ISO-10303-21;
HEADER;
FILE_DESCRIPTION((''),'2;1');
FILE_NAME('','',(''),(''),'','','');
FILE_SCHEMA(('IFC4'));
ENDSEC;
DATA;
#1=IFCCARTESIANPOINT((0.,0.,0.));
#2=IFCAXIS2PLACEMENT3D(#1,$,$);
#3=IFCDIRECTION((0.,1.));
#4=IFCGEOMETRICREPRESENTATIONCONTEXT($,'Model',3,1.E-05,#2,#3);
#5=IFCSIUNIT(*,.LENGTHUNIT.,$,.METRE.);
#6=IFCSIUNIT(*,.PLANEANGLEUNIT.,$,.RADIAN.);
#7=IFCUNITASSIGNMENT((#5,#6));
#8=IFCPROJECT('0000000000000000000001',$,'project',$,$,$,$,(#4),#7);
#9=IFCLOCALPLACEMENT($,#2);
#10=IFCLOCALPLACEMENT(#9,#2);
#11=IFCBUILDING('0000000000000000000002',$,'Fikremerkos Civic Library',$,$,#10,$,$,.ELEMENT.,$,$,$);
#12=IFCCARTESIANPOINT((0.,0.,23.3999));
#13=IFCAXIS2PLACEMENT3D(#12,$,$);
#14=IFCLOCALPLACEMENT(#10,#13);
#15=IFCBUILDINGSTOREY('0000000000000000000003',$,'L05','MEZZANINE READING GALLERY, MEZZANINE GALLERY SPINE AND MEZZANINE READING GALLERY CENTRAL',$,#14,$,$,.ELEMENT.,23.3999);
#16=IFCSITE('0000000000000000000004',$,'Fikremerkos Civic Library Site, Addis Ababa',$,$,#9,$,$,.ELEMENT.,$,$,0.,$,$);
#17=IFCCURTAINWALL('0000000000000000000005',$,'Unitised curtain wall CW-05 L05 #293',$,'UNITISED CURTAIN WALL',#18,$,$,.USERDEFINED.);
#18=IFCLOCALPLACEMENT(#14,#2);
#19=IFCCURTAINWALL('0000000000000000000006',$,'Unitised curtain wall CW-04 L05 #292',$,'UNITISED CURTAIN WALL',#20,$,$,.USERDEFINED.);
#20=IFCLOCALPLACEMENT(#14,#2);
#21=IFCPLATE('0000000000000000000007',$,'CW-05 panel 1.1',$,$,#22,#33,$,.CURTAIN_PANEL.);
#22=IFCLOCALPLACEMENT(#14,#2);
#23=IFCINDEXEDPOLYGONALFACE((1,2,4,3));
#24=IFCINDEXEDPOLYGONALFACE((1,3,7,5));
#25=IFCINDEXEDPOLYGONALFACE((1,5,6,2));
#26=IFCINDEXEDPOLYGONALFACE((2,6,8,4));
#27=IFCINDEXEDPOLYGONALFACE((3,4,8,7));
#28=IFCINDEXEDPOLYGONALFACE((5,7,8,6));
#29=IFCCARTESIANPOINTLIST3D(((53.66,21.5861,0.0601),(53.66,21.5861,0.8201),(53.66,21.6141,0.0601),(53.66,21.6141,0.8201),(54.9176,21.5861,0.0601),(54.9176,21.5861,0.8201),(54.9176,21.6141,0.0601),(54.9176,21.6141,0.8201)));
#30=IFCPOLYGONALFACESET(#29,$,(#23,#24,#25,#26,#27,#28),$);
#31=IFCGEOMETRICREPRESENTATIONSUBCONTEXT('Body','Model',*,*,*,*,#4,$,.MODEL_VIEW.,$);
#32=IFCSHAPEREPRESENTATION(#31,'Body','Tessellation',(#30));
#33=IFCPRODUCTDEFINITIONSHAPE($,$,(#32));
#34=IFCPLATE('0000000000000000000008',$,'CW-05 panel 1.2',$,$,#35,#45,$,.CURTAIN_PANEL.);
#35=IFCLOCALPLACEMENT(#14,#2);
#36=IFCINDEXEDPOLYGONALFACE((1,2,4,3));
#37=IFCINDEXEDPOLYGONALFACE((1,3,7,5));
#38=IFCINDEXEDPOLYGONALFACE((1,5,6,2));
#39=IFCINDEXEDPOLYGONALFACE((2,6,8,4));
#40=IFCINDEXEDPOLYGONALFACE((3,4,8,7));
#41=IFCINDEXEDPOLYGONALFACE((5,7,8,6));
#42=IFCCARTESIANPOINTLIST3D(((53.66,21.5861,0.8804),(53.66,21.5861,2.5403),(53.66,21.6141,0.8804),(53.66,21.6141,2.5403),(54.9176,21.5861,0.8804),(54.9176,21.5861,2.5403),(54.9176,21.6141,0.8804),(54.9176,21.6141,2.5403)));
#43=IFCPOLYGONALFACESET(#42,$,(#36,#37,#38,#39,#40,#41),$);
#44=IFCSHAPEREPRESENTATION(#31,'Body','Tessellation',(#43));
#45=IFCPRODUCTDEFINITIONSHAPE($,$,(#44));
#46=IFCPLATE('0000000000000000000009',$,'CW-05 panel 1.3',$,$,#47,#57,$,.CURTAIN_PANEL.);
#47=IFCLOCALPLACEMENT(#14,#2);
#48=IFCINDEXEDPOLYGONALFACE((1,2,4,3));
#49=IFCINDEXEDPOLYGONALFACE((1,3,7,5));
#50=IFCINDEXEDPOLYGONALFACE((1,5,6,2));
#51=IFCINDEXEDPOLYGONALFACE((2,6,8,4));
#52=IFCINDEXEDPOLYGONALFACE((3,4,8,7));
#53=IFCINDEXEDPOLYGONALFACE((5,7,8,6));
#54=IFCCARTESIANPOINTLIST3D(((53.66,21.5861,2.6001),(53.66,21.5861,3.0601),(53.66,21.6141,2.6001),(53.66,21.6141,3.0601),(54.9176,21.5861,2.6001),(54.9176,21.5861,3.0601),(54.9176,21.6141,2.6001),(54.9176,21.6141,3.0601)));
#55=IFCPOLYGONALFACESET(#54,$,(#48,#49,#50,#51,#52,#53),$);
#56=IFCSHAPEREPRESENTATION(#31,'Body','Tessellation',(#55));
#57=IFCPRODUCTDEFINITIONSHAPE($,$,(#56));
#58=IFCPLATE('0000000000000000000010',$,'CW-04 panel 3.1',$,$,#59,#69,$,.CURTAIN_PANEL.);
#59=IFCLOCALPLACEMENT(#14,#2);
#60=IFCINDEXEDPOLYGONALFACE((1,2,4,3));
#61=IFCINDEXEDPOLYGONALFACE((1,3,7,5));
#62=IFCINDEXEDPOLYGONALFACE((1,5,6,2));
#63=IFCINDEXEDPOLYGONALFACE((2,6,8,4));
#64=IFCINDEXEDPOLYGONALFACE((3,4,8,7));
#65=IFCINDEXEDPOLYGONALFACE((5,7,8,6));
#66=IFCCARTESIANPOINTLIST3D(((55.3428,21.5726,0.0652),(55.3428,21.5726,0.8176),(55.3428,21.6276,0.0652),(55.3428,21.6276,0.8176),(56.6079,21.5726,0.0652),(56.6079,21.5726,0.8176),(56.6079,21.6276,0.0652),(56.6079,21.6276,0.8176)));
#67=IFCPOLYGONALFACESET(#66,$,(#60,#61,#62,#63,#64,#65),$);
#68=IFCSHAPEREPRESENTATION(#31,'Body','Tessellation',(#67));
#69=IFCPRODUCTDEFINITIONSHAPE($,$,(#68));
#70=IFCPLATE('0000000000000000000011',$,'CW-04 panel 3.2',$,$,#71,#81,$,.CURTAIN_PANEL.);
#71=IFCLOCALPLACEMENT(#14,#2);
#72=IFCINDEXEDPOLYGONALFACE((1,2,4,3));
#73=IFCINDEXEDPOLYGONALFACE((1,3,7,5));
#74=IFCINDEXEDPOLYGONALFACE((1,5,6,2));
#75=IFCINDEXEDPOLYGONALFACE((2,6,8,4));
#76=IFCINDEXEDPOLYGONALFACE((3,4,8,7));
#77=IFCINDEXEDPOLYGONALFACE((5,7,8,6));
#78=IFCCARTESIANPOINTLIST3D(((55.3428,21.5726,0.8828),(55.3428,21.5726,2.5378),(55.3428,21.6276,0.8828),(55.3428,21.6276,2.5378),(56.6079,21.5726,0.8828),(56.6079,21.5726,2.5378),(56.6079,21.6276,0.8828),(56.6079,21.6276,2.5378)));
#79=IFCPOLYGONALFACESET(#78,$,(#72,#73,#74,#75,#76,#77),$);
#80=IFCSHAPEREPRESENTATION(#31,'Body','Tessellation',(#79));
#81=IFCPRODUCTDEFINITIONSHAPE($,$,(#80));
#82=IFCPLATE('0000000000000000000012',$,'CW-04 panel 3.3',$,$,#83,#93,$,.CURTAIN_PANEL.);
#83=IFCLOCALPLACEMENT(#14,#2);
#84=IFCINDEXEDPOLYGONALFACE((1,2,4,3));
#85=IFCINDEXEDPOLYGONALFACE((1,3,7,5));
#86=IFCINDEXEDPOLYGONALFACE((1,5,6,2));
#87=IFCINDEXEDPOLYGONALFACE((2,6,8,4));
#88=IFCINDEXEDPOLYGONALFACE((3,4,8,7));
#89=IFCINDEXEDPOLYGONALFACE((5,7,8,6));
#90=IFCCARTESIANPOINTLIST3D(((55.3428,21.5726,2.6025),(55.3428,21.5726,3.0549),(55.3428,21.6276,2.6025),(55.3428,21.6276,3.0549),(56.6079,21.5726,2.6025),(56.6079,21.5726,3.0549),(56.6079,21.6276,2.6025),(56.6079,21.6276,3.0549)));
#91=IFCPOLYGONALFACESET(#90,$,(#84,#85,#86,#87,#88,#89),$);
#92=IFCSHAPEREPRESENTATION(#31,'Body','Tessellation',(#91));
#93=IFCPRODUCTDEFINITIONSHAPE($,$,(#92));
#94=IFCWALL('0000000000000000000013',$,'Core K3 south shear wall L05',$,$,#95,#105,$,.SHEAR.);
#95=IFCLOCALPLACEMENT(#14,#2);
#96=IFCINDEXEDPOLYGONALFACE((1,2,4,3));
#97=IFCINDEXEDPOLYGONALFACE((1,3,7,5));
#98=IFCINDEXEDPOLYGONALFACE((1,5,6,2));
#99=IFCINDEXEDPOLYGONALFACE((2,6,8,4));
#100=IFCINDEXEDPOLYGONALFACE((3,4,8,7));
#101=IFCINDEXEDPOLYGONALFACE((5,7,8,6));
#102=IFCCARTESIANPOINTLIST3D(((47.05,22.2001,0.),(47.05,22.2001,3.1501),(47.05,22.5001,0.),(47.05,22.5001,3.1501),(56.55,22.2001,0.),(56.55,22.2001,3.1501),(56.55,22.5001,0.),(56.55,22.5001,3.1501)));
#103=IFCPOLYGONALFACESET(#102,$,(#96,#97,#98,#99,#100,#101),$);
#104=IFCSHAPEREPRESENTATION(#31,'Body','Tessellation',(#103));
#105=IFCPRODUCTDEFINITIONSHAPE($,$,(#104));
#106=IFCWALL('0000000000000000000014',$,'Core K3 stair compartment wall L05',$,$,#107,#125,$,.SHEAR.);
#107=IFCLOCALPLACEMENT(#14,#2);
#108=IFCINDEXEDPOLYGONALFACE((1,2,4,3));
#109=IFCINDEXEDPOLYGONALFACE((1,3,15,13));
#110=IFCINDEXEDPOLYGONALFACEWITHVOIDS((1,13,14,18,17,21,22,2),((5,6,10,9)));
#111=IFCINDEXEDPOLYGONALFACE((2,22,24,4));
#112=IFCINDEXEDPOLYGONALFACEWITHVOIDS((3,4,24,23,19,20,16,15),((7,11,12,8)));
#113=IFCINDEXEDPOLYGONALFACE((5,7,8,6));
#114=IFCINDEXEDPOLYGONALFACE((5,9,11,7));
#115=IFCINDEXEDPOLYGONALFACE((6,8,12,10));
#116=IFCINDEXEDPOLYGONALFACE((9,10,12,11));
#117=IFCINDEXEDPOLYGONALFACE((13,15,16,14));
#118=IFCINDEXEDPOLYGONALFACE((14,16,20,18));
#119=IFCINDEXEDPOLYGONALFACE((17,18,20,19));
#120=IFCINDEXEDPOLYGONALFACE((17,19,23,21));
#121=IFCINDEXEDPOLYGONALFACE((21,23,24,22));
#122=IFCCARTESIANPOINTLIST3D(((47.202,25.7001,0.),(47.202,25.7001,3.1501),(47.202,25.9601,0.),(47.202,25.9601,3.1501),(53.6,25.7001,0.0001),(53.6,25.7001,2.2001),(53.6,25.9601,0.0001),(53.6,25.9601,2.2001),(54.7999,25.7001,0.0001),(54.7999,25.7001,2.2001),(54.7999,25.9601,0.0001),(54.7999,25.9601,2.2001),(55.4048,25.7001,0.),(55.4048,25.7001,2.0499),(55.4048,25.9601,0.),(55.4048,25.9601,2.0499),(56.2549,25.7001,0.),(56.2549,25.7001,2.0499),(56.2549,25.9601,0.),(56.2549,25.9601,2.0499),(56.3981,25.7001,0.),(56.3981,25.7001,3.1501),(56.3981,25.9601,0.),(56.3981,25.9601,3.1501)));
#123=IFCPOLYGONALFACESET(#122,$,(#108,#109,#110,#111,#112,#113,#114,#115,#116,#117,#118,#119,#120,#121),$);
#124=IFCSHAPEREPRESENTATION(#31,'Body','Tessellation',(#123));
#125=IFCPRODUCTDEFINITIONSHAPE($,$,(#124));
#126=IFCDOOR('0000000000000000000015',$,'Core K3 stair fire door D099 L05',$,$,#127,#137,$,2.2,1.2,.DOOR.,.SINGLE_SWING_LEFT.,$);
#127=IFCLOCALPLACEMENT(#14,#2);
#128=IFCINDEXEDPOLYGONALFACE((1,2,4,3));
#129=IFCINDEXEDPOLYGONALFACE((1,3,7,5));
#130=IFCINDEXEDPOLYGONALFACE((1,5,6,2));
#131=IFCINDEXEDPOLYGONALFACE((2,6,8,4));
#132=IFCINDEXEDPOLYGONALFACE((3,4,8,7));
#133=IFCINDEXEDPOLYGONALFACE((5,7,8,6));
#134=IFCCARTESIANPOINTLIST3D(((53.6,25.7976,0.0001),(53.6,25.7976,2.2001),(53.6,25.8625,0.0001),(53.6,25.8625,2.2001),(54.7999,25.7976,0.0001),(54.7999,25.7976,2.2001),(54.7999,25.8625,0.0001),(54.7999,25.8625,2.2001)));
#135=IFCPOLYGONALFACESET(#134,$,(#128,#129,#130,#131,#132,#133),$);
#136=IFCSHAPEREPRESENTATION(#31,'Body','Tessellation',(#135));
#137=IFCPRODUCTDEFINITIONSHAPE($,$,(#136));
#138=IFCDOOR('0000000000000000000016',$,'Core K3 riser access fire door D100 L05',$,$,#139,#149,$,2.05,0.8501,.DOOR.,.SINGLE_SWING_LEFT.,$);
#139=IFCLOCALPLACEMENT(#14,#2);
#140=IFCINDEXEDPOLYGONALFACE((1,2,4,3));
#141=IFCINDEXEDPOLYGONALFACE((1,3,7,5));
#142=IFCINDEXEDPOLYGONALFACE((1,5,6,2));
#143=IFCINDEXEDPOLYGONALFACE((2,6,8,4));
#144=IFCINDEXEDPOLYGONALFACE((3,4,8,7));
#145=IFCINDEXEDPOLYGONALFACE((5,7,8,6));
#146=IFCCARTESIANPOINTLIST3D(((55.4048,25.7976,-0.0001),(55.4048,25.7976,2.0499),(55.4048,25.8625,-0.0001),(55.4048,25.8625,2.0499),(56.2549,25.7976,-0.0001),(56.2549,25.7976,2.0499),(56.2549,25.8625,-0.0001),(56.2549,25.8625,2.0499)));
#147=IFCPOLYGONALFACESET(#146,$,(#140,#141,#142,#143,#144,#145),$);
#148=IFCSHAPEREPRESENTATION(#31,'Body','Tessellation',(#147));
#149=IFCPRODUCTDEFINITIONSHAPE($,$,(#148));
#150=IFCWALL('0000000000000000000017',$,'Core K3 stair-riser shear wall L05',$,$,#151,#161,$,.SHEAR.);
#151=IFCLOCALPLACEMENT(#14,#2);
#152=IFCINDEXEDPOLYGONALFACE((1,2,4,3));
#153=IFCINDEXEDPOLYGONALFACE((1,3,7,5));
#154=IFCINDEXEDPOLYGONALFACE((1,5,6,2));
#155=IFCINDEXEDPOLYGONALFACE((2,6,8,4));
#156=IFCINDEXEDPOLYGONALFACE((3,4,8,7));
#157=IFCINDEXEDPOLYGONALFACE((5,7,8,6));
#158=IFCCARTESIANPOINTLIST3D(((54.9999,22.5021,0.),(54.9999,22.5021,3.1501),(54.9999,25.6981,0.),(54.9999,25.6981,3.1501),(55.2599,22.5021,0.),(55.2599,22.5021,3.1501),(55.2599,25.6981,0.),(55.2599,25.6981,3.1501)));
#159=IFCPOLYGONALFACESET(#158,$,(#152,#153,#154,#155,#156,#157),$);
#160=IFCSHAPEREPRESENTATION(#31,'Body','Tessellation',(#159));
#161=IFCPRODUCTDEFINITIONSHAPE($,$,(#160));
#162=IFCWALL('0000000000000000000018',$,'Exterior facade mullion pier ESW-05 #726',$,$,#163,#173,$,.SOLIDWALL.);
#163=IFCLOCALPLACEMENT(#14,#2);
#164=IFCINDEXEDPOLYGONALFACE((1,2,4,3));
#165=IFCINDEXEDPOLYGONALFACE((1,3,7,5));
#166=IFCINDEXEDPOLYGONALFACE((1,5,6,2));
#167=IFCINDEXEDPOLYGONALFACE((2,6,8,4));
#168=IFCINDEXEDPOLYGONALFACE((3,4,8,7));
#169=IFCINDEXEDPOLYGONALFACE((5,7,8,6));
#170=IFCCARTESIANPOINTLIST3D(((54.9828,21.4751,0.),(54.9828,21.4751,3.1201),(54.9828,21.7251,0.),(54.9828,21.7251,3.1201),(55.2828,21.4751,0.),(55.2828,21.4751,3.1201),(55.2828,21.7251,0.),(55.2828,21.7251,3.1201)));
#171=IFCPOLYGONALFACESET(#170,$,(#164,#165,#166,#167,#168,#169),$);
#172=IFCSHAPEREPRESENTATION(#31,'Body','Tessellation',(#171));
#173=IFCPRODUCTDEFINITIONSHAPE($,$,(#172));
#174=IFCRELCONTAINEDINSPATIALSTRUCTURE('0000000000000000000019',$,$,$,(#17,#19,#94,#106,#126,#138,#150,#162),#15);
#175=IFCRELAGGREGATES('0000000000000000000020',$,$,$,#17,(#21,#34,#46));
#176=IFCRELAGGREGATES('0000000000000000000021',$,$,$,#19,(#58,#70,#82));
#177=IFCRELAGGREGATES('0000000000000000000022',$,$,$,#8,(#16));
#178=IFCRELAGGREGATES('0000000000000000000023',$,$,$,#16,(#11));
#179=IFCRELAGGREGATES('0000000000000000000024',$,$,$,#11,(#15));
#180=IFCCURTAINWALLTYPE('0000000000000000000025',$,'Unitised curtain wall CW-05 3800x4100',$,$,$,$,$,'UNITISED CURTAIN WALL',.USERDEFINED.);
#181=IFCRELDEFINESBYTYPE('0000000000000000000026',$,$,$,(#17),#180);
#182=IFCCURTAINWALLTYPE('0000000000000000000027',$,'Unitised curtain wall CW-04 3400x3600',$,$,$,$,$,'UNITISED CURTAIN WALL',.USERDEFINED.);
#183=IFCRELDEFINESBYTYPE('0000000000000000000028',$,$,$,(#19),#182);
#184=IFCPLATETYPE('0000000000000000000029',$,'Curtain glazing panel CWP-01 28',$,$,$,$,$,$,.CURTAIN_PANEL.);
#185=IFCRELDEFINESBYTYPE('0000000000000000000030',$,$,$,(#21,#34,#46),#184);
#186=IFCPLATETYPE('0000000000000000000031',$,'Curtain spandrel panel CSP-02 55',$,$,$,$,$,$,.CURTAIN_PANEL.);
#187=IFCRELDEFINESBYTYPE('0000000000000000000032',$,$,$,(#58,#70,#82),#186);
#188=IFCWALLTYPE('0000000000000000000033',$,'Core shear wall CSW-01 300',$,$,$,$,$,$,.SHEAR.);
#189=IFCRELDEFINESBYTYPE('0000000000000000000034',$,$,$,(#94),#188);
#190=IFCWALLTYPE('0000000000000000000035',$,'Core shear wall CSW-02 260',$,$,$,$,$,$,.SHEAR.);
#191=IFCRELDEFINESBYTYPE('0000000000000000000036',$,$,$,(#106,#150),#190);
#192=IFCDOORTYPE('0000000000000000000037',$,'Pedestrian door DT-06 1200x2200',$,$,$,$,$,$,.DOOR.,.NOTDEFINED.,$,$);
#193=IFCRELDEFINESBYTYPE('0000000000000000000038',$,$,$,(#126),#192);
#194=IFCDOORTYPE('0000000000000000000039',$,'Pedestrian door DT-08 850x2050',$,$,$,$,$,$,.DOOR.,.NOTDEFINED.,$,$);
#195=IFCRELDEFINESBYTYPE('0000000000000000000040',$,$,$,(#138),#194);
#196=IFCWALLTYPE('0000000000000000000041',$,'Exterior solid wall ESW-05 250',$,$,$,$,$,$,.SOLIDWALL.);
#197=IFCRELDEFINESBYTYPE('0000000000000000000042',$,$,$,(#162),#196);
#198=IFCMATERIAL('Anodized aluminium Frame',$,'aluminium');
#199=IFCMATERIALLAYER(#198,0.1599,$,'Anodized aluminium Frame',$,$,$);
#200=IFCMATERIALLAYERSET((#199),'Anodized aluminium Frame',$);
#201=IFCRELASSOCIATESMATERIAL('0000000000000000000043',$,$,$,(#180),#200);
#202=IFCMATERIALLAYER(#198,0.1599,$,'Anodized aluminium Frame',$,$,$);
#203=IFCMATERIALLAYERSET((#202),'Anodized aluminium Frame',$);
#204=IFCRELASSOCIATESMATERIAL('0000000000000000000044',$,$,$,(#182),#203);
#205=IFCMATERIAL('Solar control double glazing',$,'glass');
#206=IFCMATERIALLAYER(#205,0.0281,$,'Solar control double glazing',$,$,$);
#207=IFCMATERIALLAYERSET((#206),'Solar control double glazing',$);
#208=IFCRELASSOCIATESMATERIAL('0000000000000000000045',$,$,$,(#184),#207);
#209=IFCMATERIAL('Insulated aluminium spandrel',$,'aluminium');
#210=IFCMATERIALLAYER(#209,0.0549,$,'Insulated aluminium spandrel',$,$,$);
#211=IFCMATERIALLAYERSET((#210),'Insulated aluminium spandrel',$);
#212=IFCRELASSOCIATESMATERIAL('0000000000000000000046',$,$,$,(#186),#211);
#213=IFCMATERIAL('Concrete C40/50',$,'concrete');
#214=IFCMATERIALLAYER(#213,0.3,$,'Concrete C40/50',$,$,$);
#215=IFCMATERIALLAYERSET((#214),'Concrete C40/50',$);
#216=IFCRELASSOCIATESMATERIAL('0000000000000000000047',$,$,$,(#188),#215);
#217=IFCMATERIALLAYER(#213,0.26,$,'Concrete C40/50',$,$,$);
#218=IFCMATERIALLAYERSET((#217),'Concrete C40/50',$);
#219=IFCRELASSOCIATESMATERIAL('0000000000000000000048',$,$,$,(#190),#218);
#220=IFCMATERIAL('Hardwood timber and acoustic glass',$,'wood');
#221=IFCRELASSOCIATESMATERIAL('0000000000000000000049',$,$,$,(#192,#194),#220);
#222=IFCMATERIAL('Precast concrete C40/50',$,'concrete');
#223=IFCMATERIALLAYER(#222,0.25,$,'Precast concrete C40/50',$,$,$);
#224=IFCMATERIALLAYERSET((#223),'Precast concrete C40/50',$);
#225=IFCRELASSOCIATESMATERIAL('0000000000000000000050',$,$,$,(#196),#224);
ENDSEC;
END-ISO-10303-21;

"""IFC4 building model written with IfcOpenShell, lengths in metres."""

from ifc_helpers import new_model, si_unit, direction, frame, frame_2d, origin, origin_2d, place, context, subcontext, project, spatial, rectangle, extrude, material, layer, layer_set, type_object, element, fill, aggregate, save


model = new_model("IFC4")

# Units and contexts
model_context = context("Model", 3, precision=1e-05, world=origin(), true_north=direction((0.0, 1.0)))
body_context = subcontext(model_context, "Body", "Model", "MODEL_VIEW")
ifc_project = project(units=[si_unit("LENGTHUNIT", "METRE"), si_unit("PLANEANGLEUNIT", "RADIAN")], contexts=[model_context])

# Site, building, storey
site_placement = place(None, origin())
site = spatial("IfcSite", under=ifc_project, at=site_placement, Name="Fikremerkos Civic Library Site, Addis Ababa", CompositionType="ELEMENT", RefElevation=0.0)
building_placement = place(site_placement, origin())
building = spatial("IfcBuilding", under=site, at=building_placement, Name="Fikremerkos Civic Library", CompositionType="ELEMENT")
storey_placement = place(building_placement, frame((0.0, 0.0, 23.3999)))
storey = spatial("IfcBuildingStorey", under=building, at=storey_placement, Name="L05", Description="MEZZANINE READING GALLERY, MEZZANINE GALLERY SPINE AND MEZZANINE READING GALLERY CENTRAL", CompositionType="ELEMENT", Elevation=23.3999)

# Curtain wall
ifc_material_1 = material(Name="Anodized aluminium Frame", Category="aluminium")
ifc_layer_1 = layer(ifc_material_1, 0.1599, Name="Anodized aluminium Frame")
ifc_layer_set_1 = layer_set([ifc_layer_1], Name="Anodized aluminium Frame")
curtain_wall_type_1 = type_object("IfcCurtainWallType", Name="Unitised curtain wall CW-05 3800x4100", ElementType="UNITISED CURTAIN WALL", PredefinedType="USERDEFINED", material=ifc_layer_set_1)
curtain_wall_1_placement = place(storey_placement, origin())
curtain_wall_1 = element("IfcCurtainWall", 1, at=curtain_wall_1_placement, inside=storey, type_object=curtain_wall_type_1, Name="Unitised curtain wall CW-05 L05 #293", ObjectType="UNITISED CURTAIN WALL", PredefinedType="USERDEFINED")

# Curtain wall
ifc_layer_2 = layer(ifc_material_1, 0.1599, Name="Anodized aluminium Frame")
ifc_layer_set_2 = layer_set([ifc_layer_2], Name="Anodized aluminium Frame")
curtain_wall_type_2 = type_object("IfcCurtainWallType", Name="Unitised curtain wall CW-04 3400x3600", ElementType="UNITISED CURTAIN WALL", PredefinedType="USERDEFINED", material=ifc_layer_set_2)
curtain_wall_2_placement = place(storey_placement, origin())
curtain_wall_2 = element("IfcCurtainWall", 2, at=curtain_wall_2_placement, inside=storey, type_object=curtain_wall_type_2, Name="Unitised curtain wall CW-04 L05 #292", ObjectType="UNITISED CURTAIN WALL", PredefinedType="USERDEFINED")

# Plates
ifc_material_2 = material(Name="Solar control double glazing", Category="glass")
ifc_layer_3 = layer(ifc_material_2, 0.0281, Name="Solar control double glazing")
ifc_layer_set_3 = layer_set([ifc_layer_3], Name="Solar control double glazing")
plate_type_1 = type_object("IfcPlateType", Name="Curtain glazing panel CWP-01 28", PredefinedType="CURTAIN_PANEL", material=ifc_layer_set_3)
plate_1_placement = place(storey_placement, frame((54.2888, 21.6001, 0.0601), z_axis=(0.0, 0.0, 1.0), x_axis=(-1.0, 0.0, 0.0)))
plate_1 = element("IfcPlate", 3, at=plate_1_placement, type_object=plate_type_1, Name="CW-05 panel 1.1", PredefinedType="CURTAIN_PANEL", context=body_context, shape_type="SweptSolid", body=[
    extrude(rectangle(XDim=1.2576, YDim=0.0281, at=origin_2d()), origin(), (0.0, 0.0, 1.0), 0.76),
])
plate_2_placement = place(storey_placement, frame((54.2888, 21.6001, 0.8804), z_axis=(0.0, 0.0, 1.0), x_axis=(-1.0, 0.0, 0.0)))
plate_2 = element("IfcPlate", 4, at=plate_2_placement, type_object=plate_type_1, Name="CW-05 panel 1.2", PredefinedType="CURTAIN_PANEL", context=body_context, shape_type="SweptSolid", body=[
    extrude(rectangle(XDim=1.2576, YDim=0.0281, at=origin_2d()), origin(), (0.0, 0.0, 1.0), 1.6599),
])
plate_3_placement = place(storey_placement, frame((54.2888, 21.6001, 2.6001), z_axis=(0.0, 0.0, 1.0), x_axis=(-1.0, 0.0, 0.0)))
plate_3 = element("IfcPlate", 5, at=plate_3_placement, type_object=plate_type_1, Name="CW-05 panel 1.3", PredefinedType="CURTAIN_PANEL", context=body_context, shape_type="SweptSolid", body=[
    extrude(rectangle(XDim=1.2576, YDim=0.0281, at=origin_2d()), origin(), (0.0, 0.0, 1.0), 0.46),
])
aggregate(curtain_wall_1, [plate_1, plate_2, plate_3])
ifc_material_3 = material(Name="Insulated aluminium spandrel", Category="aluminium")
ifc_layer_4 = layer(ifc_material_3, 0.0549, Name="Insulated aluminium spandrel")
ifc_layer_set_4 = layer_set([ifc_layer_4], Name="Insulated aluminium spandrel")
plate_type_2 = type_object("IfcPlateType", Name="Curtain spandrel panel CSP-02 55", PredefinedType="CURTAIN_PANEL", material=ifc_layer_set_4)
plate_4_placement = place(storey_placement, frame((55.9753, 21.6001, 0.0652), z_axis=(0.0, 0.0, 1.0), x_axis=(-1.0, 0.0, 0.0)))
plate_4 = element("IfcPlate", 6, at=plate_4_placement, type_object=plate_type_2, Name="CW-04 panel 3.1", PredefinedType="CURTAIN_PANEL", context=body_context, shape_type="SweptSolid", body=[
    extrude(rectangle(XDim=1.2651, YDim=0.0549, at=origin_2d()), origin(), (0.0, 0.0, 1.0), 0.7524),
])
plate_5_placement = place(storey_placement, frame((55.9753, 21.6001, 0.8828), z_axis=(0.0, 0.0, 1.0), x_axis=(-1.0, 0.0, 0.0)))
plate_5 = element("IfcPlate", 7, at=plate_5_placement, type_object=plate_type_2, Name="CW-04 panel 3.2", PredefinedType="CURTAIN_PANEL", context=body_context, shape_type="SweptSolid", body=[
    extrude(rectangle(XDim=1.2651, YDim=0.0549, at=origin_2d()), origin(), (0.0, 0.0, 1.0), 1.655),
])
plate_6_placement = place(storey_placement, frame((55.9753, 21.6001, 2.6025), z_axis=(0.0, 0.0, 1.0), x_axis=(-1.0, 0.0, 0.0)))
plate_6 = element("IfcPlate", 8, at=plate_6_placement, type_object=plate_type_2, Name="CW-04 panel 3.3", PredefinedType="CURTAIN_PANEL", context=body_context, shape_type="SweptSolid", body=[
    extrude(rectangle(XDim=1.2651, YDim=0.0549, at=origin_2d()), origin(), (0.0, 0.0, 1.0), 0.4524),
])
aggregate(curtain_wall_2, [plate_4, plate_5, plate_6])

# Wall
ifc_material_4 = material(Name="Concrete C40/50", Category="concrete")
ifc_layer_5 = layer(ifc_material_4, 0.3, Name="Concrete C40/50")
ifc_layer_set_5 = layer_set([ifc_layer_5], Name="Concrete C40/50")
wall_type_1 = type_object("IfcWallType", Name="Core shear wall CSW-01 300", PredefinedType="SHEAR", material=ifc_layer_set_5)
wall_1_placement = place(storey_placement, frame((56.55, 22.3501, 0.0), z_axis=(0.0, 0.0, 1.0), x_axis=(-1.0, 0.0, 0.0)))
element("IfcWall", 9, at=wall_1_placement, inside=storey, type_object=wall_type_1, Name="Core K3 south shear wall L05", PredefinedType="SHEAR", context=body_context, shape_type="SweptSolid", body=[
    extrude(rectangle(XDim=9.5, YDim=0.3, at=frame_2d((4.75, 0.0))), origin(), (0.0, 0.0, 1.0), 3.1501),
])

# Wall, openings, doors
ifc_layer_6 = layer(ifc_material_4, 0.26, Name="Concrete C40/50")
ifc_layer_set_6 = layer_set([ifc_layer_6], Name="Concrete C40/50")
wall_type_2 = type_object("IfcWallType", Name="Core shear wall CSW-02 260", PredefinedType="SHEAR", material=ifc_layer_set_6)
wall_2_placement = place(storey_placement, frame((47.2019, 25.8301, 0.0), z_axis=(0.0, 0.0, 1.0), x_axis=(1.0, 0.0, 0.0)))
wall_2 = element("IfcWall", 10, at=wall_2_placement, inside=storey, type_object=wall_type_2, Name="Core K3 stair compartment wall L05", PredefinedType="SHEAR", context=body_context, shape_type="SweptSolid", body=[
    extrude(rectangle(XDim=9.196, YDim=0.26, at=frame_2d((4.5981, 0.0))), origin(), (0.0, 0.0, 1.0), 3.1501),
])
opening_1_placement = place(wall_2_placement, frame((6.3979, 0.0, 0.0)))
opening_1 = element("IfcOpeningElement", 11, at=opening_1_placement, cuts=wall_2, PredefinedType="OPENING", context=body_context, shape_type="SweptSolid", body=[
    extrude(rectangle(XDim=1.2, YDim=2.2, at=frame_2d((0.6001, 1.1001))), frame((0.0, 0.1399, 0.0), z_axis=(0.0, -1.0, 0.0), x_axis=(1.0, 0.0, 0.0)), (0.0, 0.0, 1.0), 0.28),
])
opening_2_placement = place(wall_2_placement, frame((8.2029, 0.0, 0.0)))
opening_2 = element("IfcOpeningElement", 12, at=opening_2_placement, cuts=wall_2, PredefinedType="OPENING", context=body_context, shape_type="SweptSolid", body=[
    extrude(rectangle(XDim=0.8501, YDim=2.05, at=frame_2d((0.425, 1.0249))), frame((0.0, 0.1399, 0.0), z_axis=(0.0, -1.0, 0.0), x_axis=(1.0, 0.0, 0.0)), (0.0, 0.0, 1.0), 0.28),
])
ifc_material_5 = material(Name="Hardwood timber and acoustic glass", Category="wood")
door_type_1 = type_object("IfcDoorType", Name="Pedestrian door DT-06 1200x2200", OperationType="NOTDEFINED", PredefinedType="DOOR", material=ifc_material_5)
door_1_placement = place(opening_1_placement, origin())
door_1 = element("IfcDoor", 13, at=door_1_placement, inside=storey, type_object=door_type_1, Name="Core K3 stair fire door D099 L05", OperationType="SINGLE_SWING_LEFT", OverallHeight=2.2, OverallWidth=1.2, PredefinedType="DOOR", context=body_context, shape_type="SweptSolid", body=[
    extrude(rectangle(XDim=1.2, YDim=2.2, at=frame_2d((0.6001, 1.1001))), frame((0.0, 0.0325, 0.0), z_axis=(0.0, -1.0, 0.0), x_axis=(1.0, 0.0, 0.0)), (0.0, 0.0, 1.0), 0.0649),
])
fill(opening_1, door_1)
door_type_2 = type_object("IfcDoorType", Name="Pedestrian door DT-08 850x2050", OperationType="NOTDEFINED", PredefinedType="DOOR", material=ifc_material_5)
door_2_placement = place(opening_2_placement, origin())
door_2 = element("IfcDoor", 14, at=door_2_placement, inside=storey, type_object=door_type_2, Name="Core K3 riser access fire door D100 L05", OperationType="SINGLE_SWING_LEFT", OverallHeight=2.05, OverallWidth=0.8501, PredefinedType="DOOR", context=body_context, shape_type="SweptSolid", body=[
    extrude(rectangle(XDim=0.8501, YDim=2.05, at=frame_2d((0.425, 1.0249))), frame((0.0, 0.0325, 0.0), z_axis=(0.0, -1.0, 0.0), x_axis=(1.0, 0.0, 0.0)), (0.0, 0.0, 1.0), 0.0649),
])
fill(opening_2, door_2)

# Wall
wall_3_placement = place(storey_placement, frame((55.1299, 22.502, 0.0), z_axis=(0.0, 0.0, 1.0), x_axis=(0.0, 1.0, 0.0)))
element("IfcWall", 15, at=wall_3_placement, inside=storey, type_object=wall_type_2, Name="Core K3 stair-riser shear wall L05", PredefinedType="SHEAR", context=body_context, shape_type="SweptSolid", body=[
    extrude(rectangle(XDim=3.196, YDim=0.26, at=frame_2d((1.5981, 0.0))), origin(), (0.0, 0.0, 1.0), 3.1501),
])

# Wall
ifc_material_6 = material(Name="Precast concrete C40/50", Category="concrete")
ifc_layer_7 = layer(ifc_material_6, 0.25, Name="Precast concrete C40/50")
ifc_layer_set_7 = layer_set([ifc_layer_7], Name="Precast concrete C40/50")
wall_type_3 = type_object("IfcWallType", Name="Exterior solid wall ESW-05 250", PredefinedType="SOLIDWALL", material=ifc_layer_set_7)
wall_4_placement = place(storey_placement, frame((55.2827, 21.6001, 0.0), z_axis=(0.0, 0.0, 1.0), x_axis=(-1.0, 0.0, 0.0)))
element("IfcWall", 16, at=wall_4_placement, inside=storey, type_object=wall_type_3, Name="Exterior facade mullion pier ESW-05 #726", PredefinedType="SOLIDWALL", context=body_context, shape_type="SweptSolid", body=[
    extrude(rectangle(XDim=0.3, YDim=0.25, at=frame_2d((0.1499, 0.0))), origin(), (0.0, 0.0, 1.0), 3.1201),
])

save(model, "model.ifc")
